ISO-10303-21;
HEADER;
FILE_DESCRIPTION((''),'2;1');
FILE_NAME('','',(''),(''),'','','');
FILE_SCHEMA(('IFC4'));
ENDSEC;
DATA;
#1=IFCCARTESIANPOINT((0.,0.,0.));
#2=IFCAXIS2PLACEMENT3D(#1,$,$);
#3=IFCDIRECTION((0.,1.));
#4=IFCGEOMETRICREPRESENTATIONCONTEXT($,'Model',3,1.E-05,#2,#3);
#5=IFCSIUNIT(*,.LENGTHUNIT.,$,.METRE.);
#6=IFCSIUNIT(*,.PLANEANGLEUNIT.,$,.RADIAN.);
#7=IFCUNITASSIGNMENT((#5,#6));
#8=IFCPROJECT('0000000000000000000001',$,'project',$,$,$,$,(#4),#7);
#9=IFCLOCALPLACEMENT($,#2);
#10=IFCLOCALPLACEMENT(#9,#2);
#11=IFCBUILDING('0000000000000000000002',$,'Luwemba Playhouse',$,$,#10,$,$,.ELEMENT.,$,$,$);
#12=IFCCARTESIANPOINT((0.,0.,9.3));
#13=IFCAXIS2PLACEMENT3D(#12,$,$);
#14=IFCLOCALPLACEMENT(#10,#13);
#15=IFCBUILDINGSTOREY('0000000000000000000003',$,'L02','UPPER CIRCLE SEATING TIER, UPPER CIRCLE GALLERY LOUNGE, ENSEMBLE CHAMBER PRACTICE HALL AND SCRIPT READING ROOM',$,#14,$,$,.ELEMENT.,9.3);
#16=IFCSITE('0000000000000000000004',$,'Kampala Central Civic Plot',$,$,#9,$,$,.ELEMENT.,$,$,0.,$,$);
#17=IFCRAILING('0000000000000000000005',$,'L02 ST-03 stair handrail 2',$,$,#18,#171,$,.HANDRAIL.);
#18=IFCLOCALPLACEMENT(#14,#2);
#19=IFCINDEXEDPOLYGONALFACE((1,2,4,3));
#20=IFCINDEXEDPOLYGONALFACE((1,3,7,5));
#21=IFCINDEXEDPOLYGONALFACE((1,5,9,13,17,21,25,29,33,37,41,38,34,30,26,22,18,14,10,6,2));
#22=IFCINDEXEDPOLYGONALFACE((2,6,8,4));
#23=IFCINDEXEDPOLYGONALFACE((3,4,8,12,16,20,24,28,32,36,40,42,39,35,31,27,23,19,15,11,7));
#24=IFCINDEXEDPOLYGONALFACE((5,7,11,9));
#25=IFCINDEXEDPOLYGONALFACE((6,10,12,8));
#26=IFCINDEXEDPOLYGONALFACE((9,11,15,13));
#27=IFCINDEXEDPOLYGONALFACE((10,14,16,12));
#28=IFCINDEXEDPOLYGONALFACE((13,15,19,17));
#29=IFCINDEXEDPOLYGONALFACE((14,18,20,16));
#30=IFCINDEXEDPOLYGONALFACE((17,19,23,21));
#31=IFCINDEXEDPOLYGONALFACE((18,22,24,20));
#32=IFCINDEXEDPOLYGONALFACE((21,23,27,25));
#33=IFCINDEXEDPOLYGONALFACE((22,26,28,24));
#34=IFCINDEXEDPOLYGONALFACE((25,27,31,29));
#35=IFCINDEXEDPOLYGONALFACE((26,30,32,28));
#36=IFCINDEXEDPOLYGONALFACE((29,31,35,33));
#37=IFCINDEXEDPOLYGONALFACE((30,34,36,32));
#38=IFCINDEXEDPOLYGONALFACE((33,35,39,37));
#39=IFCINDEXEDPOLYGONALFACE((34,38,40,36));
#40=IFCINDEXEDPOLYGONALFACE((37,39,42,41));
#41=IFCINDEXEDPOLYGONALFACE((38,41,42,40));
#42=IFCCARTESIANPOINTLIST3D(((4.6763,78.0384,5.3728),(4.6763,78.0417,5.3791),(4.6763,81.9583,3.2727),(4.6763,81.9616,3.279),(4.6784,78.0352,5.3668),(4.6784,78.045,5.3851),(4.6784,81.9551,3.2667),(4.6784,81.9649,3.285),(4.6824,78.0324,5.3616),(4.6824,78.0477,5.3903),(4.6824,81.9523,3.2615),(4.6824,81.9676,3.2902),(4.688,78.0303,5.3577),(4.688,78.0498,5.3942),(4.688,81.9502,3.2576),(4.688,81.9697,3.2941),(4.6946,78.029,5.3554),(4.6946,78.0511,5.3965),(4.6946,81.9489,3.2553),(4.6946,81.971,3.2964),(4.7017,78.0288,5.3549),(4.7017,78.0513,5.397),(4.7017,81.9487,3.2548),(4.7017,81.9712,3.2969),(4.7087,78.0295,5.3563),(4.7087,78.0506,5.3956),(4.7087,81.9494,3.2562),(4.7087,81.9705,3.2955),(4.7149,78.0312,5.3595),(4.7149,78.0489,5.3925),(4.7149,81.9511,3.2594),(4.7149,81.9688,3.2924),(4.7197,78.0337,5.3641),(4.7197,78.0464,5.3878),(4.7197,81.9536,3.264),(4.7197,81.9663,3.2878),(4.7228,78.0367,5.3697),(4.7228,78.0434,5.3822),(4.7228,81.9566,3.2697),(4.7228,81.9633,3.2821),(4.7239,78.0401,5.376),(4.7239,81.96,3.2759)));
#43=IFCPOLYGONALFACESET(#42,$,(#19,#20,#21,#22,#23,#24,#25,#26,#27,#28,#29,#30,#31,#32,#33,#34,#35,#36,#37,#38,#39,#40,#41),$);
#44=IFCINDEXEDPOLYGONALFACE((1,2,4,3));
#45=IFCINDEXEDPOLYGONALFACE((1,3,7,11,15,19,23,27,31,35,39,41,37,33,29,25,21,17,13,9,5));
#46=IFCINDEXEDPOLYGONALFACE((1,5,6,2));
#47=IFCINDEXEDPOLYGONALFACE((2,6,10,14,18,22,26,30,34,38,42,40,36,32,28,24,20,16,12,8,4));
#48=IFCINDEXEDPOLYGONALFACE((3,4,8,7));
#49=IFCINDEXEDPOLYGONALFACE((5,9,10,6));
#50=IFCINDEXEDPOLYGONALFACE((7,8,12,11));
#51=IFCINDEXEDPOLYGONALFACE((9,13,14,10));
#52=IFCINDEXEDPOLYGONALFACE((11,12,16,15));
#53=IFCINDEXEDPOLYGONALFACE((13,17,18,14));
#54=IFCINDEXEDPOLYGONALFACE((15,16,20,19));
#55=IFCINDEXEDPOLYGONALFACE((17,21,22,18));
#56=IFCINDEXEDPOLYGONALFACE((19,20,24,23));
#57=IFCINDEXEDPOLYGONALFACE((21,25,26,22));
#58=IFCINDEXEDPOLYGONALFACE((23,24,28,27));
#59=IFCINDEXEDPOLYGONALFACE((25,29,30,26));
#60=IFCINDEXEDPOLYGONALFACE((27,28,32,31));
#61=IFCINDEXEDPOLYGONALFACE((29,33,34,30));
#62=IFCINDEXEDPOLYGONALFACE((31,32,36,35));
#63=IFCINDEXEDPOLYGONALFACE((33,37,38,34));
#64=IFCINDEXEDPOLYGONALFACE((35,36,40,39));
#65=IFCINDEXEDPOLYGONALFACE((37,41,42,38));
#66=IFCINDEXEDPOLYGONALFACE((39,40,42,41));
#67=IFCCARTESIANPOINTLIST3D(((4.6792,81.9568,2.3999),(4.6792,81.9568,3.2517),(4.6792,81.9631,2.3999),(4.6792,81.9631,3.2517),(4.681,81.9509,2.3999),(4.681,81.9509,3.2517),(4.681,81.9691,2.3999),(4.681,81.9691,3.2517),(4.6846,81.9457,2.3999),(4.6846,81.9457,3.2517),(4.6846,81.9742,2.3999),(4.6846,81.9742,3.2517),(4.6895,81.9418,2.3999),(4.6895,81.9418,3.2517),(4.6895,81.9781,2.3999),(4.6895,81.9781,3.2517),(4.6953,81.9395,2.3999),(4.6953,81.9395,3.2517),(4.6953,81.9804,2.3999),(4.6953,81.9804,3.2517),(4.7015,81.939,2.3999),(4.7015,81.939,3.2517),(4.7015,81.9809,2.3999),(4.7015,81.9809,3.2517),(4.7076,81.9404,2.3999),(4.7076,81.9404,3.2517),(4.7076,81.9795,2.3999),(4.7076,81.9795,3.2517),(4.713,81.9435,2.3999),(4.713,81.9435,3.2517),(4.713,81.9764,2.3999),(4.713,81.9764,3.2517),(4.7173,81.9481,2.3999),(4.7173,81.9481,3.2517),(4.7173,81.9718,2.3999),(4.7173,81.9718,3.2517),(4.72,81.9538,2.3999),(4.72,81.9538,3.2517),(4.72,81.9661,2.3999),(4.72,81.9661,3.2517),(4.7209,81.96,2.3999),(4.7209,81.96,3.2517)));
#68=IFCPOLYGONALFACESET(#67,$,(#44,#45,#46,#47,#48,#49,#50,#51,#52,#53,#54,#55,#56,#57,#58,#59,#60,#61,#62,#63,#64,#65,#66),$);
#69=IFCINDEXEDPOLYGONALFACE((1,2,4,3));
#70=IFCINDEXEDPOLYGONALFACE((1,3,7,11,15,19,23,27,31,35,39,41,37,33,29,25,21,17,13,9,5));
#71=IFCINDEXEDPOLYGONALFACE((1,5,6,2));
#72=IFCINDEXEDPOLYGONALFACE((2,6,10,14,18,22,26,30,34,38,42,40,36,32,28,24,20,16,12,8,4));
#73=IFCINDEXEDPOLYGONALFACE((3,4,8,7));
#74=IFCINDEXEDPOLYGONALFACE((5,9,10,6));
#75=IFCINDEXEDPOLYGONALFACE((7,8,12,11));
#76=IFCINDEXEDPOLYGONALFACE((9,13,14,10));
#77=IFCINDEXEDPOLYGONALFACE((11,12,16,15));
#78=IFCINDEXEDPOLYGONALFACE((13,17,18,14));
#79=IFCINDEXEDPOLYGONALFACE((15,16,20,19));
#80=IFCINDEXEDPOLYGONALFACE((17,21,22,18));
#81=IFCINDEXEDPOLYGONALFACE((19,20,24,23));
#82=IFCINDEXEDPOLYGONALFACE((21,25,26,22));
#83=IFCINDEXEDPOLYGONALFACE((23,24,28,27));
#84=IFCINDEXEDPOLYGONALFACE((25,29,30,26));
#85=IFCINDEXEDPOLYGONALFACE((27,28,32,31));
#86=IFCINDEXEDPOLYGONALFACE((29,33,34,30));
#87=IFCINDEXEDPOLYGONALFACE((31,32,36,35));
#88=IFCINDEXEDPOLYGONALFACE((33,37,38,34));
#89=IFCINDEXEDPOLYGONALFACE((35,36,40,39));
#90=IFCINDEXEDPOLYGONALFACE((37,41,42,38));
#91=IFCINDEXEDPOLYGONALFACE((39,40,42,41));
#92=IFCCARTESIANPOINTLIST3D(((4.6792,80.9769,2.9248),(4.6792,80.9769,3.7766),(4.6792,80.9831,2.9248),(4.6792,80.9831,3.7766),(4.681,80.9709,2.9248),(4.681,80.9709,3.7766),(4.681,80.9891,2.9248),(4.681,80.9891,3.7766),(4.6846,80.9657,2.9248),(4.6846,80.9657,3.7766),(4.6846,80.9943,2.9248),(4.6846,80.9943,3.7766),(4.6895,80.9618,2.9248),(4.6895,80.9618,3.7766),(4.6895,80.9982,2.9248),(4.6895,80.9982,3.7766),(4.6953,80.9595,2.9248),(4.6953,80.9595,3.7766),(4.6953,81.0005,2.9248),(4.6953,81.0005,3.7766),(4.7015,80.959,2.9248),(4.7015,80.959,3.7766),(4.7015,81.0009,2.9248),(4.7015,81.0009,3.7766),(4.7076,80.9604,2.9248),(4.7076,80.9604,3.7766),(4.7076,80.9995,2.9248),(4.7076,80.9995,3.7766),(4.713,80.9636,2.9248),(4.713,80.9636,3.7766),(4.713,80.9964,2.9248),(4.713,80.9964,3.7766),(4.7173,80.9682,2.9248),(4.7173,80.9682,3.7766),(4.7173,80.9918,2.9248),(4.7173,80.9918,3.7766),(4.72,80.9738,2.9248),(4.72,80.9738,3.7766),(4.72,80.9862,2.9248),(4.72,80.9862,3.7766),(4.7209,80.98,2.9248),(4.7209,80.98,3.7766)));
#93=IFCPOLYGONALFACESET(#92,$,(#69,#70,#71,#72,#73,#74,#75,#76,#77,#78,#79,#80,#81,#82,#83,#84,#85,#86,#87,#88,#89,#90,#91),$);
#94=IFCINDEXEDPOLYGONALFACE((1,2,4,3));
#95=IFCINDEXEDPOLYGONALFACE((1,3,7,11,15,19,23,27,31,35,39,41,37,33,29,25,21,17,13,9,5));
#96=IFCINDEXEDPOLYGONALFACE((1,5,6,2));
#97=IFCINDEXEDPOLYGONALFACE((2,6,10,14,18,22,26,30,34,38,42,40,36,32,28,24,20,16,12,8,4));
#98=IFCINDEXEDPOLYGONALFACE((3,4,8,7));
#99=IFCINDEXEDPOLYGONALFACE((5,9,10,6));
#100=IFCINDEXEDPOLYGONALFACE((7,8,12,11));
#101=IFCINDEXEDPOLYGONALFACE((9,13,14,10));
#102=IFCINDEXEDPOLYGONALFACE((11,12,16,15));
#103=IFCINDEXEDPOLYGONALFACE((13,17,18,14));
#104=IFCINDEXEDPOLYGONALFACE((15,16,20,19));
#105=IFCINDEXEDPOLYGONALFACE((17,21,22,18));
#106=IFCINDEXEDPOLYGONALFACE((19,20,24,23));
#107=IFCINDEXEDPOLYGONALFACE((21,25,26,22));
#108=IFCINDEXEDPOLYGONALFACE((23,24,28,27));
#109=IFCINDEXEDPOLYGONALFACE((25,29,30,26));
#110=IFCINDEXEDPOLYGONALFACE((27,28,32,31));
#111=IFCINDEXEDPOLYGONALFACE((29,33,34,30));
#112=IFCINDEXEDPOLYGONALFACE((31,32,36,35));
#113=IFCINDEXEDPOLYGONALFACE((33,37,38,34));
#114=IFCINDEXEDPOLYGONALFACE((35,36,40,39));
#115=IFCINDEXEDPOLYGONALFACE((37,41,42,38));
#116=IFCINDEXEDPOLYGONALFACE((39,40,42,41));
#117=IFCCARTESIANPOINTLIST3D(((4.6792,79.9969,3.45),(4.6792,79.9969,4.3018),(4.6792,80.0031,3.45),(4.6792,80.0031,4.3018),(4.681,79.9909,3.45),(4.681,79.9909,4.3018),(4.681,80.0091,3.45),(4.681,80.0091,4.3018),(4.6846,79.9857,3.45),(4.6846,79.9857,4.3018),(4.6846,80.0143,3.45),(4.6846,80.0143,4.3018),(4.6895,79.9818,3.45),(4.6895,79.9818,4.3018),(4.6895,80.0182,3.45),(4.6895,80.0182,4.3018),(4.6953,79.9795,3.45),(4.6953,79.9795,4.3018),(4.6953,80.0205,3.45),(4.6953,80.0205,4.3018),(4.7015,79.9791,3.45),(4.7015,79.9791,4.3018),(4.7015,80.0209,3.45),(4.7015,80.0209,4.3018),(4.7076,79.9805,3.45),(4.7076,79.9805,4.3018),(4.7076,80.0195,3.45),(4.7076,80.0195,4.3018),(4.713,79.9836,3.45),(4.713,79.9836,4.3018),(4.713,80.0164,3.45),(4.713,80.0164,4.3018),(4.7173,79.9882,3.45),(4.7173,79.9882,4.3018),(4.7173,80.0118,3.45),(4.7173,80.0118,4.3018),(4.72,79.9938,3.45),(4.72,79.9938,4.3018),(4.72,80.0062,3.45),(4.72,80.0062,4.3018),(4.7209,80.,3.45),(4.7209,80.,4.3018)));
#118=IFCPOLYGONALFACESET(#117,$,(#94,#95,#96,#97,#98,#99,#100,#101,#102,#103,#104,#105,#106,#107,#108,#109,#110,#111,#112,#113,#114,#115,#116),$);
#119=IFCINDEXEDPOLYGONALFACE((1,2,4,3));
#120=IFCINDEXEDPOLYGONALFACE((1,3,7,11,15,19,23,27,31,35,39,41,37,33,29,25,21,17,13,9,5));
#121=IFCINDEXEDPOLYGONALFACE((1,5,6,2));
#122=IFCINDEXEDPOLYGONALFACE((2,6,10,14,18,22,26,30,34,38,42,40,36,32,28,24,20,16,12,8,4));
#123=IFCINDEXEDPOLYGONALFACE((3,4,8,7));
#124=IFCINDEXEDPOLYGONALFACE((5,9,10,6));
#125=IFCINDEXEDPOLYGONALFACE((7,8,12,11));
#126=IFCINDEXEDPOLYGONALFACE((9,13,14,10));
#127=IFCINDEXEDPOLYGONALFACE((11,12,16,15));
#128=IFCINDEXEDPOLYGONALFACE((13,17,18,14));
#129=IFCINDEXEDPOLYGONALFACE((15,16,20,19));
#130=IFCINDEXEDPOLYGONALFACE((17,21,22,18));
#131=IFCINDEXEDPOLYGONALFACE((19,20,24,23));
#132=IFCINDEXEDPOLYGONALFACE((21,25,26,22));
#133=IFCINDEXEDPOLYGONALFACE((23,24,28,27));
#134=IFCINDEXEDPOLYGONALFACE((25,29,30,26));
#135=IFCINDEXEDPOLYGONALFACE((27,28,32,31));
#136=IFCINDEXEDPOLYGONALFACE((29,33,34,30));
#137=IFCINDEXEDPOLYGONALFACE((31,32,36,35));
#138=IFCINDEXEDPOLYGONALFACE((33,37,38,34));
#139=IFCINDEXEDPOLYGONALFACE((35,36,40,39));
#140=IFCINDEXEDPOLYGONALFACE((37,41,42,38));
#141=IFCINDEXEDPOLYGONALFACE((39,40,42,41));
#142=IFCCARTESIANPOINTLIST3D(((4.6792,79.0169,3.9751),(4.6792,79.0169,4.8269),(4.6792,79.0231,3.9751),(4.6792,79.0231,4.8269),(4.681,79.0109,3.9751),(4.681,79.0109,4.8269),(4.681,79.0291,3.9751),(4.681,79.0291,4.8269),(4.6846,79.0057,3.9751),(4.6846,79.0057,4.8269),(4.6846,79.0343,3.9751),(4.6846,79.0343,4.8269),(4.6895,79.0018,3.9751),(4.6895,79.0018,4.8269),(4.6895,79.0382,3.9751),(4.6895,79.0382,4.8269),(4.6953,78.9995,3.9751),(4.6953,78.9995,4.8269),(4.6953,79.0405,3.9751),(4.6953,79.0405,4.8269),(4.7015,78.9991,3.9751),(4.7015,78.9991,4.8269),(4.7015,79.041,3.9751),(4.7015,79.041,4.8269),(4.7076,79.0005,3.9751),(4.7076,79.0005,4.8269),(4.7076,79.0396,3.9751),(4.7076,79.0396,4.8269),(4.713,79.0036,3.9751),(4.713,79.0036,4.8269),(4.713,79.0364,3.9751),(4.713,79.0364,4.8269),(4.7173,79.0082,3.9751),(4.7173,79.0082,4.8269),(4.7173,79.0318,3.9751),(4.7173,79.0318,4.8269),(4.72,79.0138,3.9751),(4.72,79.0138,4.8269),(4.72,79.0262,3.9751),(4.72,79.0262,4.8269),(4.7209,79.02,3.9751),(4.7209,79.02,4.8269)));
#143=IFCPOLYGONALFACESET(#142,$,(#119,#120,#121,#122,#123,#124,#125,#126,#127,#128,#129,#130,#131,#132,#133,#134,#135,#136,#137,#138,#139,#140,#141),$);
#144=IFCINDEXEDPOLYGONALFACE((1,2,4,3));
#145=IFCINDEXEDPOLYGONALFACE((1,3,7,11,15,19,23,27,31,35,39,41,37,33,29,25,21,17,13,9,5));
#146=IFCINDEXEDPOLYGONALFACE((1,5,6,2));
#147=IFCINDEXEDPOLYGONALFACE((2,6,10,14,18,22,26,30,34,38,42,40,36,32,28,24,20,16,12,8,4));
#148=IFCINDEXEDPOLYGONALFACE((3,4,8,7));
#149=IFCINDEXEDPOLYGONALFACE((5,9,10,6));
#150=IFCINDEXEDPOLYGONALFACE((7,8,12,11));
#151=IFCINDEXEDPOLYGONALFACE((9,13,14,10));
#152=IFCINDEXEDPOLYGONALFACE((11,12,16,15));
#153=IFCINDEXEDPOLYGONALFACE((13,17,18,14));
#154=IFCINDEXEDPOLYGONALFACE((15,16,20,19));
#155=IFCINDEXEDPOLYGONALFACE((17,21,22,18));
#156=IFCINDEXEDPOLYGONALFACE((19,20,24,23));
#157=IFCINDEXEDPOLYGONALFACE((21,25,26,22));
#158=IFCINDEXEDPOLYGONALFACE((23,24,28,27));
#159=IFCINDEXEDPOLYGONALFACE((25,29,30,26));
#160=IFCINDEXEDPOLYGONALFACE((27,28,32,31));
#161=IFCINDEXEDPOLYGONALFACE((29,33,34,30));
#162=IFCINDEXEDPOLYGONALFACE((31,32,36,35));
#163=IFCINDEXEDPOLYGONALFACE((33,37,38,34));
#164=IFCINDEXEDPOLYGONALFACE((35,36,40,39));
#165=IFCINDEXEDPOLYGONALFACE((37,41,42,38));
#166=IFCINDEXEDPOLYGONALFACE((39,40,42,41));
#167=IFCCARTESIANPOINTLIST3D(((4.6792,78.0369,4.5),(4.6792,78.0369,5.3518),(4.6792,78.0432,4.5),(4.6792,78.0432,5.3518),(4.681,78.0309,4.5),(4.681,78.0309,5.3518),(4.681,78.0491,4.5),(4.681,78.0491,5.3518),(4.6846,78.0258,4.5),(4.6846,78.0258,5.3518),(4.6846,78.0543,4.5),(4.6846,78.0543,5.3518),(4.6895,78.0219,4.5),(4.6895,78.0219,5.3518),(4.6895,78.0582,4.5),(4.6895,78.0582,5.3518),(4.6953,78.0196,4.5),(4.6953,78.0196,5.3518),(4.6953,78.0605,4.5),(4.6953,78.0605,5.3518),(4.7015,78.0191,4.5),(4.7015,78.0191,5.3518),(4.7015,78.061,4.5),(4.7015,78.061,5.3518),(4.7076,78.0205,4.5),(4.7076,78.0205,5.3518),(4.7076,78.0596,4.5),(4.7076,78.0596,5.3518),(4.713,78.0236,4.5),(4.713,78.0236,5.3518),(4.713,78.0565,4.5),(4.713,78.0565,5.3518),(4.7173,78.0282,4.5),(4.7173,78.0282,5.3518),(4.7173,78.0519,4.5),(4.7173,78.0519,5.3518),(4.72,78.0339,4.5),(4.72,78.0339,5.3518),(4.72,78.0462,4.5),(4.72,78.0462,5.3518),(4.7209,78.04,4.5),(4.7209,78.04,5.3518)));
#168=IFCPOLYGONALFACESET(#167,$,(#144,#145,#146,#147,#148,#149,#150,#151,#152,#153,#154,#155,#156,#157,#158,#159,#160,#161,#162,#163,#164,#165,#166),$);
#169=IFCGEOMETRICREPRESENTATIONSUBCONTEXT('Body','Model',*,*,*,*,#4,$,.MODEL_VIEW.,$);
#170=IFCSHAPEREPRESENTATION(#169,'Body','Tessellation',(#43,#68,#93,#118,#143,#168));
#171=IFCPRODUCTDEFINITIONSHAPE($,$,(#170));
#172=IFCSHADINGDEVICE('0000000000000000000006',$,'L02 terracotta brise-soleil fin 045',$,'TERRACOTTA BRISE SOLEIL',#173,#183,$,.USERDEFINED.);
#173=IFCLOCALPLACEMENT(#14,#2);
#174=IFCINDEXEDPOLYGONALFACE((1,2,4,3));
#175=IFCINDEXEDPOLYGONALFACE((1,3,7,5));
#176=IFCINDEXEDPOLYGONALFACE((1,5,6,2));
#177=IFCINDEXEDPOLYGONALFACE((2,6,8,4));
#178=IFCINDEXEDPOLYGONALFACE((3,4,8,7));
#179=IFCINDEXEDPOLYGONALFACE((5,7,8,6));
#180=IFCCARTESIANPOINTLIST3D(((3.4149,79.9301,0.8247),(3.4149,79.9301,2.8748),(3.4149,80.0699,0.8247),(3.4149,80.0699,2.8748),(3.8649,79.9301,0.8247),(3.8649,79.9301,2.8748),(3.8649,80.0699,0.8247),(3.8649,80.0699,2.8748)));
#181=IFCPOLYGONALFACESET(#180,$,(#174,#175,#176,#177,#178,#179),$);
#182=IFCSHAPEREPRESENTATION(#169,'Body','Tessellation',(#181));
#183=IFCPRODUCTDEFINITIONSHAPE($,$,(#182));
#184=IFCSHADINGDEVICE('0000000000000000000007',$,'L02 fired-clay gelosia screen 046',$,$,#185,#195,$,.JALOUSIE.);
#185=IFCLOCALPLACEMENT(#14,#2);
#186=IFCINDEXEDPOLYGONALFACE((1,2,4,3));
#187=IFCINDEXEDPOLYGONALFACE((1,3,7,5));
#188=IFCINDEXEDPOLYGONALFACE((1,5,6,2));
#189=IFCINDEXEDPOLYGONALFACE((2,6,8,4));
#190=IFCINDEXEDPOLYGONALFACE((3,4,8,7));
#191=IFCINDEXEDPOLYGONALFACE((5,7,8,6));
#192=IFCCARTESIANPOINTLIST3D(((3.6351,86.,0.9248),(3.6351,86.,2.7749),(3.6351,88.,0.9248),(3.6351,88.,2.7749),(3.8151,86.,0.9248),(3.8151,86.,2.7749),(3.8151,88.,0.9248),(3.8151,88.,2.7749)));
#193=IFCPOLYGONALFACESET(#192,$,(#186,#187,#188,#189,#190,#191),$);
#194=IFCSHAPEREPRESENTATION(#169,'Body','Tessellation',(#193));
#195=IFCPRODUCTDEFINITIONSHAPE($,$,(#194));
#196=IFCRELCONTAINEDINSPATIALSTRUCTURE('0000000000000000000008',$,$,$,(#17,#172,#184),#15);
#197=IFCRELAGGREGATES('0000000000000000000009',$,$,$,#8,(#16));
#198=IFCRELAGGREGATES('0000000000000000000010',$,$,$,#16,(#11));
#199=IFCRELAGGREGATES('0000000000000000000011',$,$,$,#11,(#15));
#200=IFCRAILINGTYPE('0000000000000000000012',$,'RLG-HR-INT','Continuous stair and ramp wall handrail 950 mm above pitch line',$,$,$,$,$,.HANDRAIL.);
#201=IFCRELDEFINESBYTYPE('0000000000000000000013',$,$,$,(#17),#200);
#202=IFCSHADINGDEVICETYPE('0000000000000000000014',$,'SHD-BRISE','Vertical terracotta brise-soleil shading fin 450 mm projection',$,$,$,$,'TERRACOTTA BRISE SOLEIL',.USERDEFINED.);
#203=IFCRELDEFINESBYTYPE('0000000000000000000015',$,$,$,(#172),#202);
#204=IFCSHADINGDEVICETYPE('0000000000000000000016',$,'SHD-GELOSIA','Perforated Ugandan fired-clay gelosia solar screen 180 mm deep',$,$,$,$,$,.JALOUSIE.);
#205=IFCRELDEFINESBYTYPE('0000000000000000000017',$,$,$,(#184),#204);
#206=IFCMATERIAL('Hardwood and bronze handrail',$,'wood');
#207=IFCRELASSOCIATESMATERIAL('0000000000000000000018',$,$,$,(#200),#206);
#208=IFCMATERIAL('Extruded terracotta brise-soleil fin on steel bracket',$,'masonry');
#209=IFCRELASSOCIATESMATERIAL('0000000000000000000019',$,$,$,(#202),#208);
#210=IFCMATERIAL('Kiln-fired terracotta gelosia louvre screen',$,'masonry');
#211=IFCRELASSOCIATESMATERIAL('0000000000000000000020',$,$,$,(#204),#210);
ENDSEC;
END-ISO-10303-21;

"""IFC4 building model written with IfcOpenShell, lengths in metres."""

from ifc_helpers import new_model, si_unit, direction, frame, origin, origin_2d, place, context, subcontext, project, spatial, rectangle, circle, extrude, material, type_object, element, save


model = new_model("IFC4")

# Units and contexts
model_context = context("Model", 3, precision=1e-05, world=origin(), true_north=direction((0.0, 1.0)))
body_context = subcontext(model_context, "Body", "Model", "MODEL_VIEW")
ifc_project = project(units=[si_unit("LENGTHUNIT", "METRE"), si_unit("PLANEANGLEUNIT", "RADIAN")], contexts=[model_context])

# Site, building, storey
site_placement = place(None, origin())
site = spatial("IfcSite", under=ifc_project, at=site_placement, Name="Kampala Central Civic Plot", CompositionType="ELEMENT", RefElevation=0.0)
building_placement = place(site_placement, origin())
building = spatial("IfcBuilding", under=site, at=building_placement, Name="Luwemba Playhouse", CompositionType="ELEMENT")
storey_placement = place(building_placement, frame((0.0, 0.0, 9.3)))
storey = spatial("IfcBuildingStorey", under=building, at=storey_placement, Name="L02", Description="UPPER CIRCLE SEATING TIER, UPPER CIRCLE GALLERY LOUNGE, ENSEMBLE CHAMBER PRACTICE HALL AND SCRIPT READING ROOM", CompositionType="ELEMENT", Elevation=9.3)

# Railing
ifc_material_1 = material(Name="Hardwood and bronze handrail", Category="wood")
railing_type_1 = type_object("IfcRailingType", Name="RLG-HR-INT", Description="Continuous stair and ramp wall handrail 950 mm above pitch line", PredefinedType="HANDRAIL", material=ifc_material_1)
railing_1_placement = place(storey_placement, frame((4.7, 81.96, 2.3999)))
element("IfcRailing", 1, at=railing_1_placement, inside=storey, type_object=railing_type_1, Name="L02 ST-03 stair handrail 2", PredefinedType="HANDRAIL", context=body_context, shape_type="SweptSolid", body=[
    extrude(circle(Radius=0.0239, at=origin_2d()), frame((0.0, 0.0, 0.876), z_axis=(0.0, -0.881467, 0.472246), x_axis=(1.0, 0.0, 0.0)), (0.0, 0.0, 1.0), 4.447),
    extrude(circle(Radius=0.021, at=origin_2d()), origin(), (0.0, 0.0, 1.0), 0.8518),
    extrude(circle(Radius=0.021, at=origin_2d()), frame((0.0, -0.98, 0.5249)), (0.0, 0.0, 1.0), 0.8518),
    extrude(circle(Radius=0.021, at=origin_2d()), frame((0.0, -1.96, 1.05)), (0.0, 0.0, 1.0), 0.8518),
    extrude(circle(Radius=0.021, at=origin_2d()), frame((0.0, -2.9399, 1.5752)), (0.0, 0.0, 1.0), 0.8518),
    extrude(circle(Radius=0.021, at=origin_2d()), frame((0.0, -3.9199, 2.1001)), (0.0, 0.0, 1.0), 0.8518),
])

# Shading devices
ifc_material_2 = material(Name="Extruded terracotta brise-soleil fin on steel bracket", Category="masonry")
shading_device_type_1 = type_object("IfcShadingDeviceType", Name="SHD-BRISE", Description="Vertical terracotta brise-soleil shading fin 450 mm projection", ElementType="TERRACOTTA BRISE SOLEIL", PredefinedType="USERDEFINED", material=ifc_material_2)
shading_device_1_placement = place(storey_placement, frame((3.6399, 80.0, 0.8247), z_axis=(0.0, 0.0, 1.0), x_axis=(0.0, 1.0, 0.0)))
element("IfcShadingDevice", 2, at=shading_device_1_placement, inside=storey, type_object=shading_device_type_1, Name="L02 terracotta brise-soleil fin 045", ObjectType="TERRACOTTA BRISE SOLEIL", PredefinedType="USERDEFINED", context=body_context, shape_type="SweptSolid", body=[
    extrude(rectangle(XDim=0.1399, YDim=0.45, at=origin_2d()), origin(), (0.0, 0.0, 1.0), 2.05),
])
ifc_material_3 = material(Name="Kiln-fired terracotta gelosia louvre screen", Category="masonry")
shading_device_type_2 = type_object("IfcShadingDeviceType", Name="SHD-GELOSIA", Description="Perforated Ugandan fired-clay gelosia solar screen 180 mm deep", PredefinedType="JALOUSIE", material=ifc_material_3)
shading_device_2_placement = place(storey_placement, frame((3.7251, 87.0, 0.9248), z_axis=(0.0, 0.0, 1.0), x_axis=(0.0, 1.0, 0.0)))
element("IfcShadingDevice", 3, at=shading_device_2_placement, inside=storey, type_object=shading_device_type_2, Name="L02 fired-clay gelosia screen 046", PredefinedType="JALOUSIE", context=body_context, shape_type="SweptSolid", body=[
    extrude(rectangle(XDim=2.0, YDim=0.1799, at=origin_2d()), origin(), (0.0, 0.0, 1.0), 1.8501),
])

save(model, "model.ifc")
